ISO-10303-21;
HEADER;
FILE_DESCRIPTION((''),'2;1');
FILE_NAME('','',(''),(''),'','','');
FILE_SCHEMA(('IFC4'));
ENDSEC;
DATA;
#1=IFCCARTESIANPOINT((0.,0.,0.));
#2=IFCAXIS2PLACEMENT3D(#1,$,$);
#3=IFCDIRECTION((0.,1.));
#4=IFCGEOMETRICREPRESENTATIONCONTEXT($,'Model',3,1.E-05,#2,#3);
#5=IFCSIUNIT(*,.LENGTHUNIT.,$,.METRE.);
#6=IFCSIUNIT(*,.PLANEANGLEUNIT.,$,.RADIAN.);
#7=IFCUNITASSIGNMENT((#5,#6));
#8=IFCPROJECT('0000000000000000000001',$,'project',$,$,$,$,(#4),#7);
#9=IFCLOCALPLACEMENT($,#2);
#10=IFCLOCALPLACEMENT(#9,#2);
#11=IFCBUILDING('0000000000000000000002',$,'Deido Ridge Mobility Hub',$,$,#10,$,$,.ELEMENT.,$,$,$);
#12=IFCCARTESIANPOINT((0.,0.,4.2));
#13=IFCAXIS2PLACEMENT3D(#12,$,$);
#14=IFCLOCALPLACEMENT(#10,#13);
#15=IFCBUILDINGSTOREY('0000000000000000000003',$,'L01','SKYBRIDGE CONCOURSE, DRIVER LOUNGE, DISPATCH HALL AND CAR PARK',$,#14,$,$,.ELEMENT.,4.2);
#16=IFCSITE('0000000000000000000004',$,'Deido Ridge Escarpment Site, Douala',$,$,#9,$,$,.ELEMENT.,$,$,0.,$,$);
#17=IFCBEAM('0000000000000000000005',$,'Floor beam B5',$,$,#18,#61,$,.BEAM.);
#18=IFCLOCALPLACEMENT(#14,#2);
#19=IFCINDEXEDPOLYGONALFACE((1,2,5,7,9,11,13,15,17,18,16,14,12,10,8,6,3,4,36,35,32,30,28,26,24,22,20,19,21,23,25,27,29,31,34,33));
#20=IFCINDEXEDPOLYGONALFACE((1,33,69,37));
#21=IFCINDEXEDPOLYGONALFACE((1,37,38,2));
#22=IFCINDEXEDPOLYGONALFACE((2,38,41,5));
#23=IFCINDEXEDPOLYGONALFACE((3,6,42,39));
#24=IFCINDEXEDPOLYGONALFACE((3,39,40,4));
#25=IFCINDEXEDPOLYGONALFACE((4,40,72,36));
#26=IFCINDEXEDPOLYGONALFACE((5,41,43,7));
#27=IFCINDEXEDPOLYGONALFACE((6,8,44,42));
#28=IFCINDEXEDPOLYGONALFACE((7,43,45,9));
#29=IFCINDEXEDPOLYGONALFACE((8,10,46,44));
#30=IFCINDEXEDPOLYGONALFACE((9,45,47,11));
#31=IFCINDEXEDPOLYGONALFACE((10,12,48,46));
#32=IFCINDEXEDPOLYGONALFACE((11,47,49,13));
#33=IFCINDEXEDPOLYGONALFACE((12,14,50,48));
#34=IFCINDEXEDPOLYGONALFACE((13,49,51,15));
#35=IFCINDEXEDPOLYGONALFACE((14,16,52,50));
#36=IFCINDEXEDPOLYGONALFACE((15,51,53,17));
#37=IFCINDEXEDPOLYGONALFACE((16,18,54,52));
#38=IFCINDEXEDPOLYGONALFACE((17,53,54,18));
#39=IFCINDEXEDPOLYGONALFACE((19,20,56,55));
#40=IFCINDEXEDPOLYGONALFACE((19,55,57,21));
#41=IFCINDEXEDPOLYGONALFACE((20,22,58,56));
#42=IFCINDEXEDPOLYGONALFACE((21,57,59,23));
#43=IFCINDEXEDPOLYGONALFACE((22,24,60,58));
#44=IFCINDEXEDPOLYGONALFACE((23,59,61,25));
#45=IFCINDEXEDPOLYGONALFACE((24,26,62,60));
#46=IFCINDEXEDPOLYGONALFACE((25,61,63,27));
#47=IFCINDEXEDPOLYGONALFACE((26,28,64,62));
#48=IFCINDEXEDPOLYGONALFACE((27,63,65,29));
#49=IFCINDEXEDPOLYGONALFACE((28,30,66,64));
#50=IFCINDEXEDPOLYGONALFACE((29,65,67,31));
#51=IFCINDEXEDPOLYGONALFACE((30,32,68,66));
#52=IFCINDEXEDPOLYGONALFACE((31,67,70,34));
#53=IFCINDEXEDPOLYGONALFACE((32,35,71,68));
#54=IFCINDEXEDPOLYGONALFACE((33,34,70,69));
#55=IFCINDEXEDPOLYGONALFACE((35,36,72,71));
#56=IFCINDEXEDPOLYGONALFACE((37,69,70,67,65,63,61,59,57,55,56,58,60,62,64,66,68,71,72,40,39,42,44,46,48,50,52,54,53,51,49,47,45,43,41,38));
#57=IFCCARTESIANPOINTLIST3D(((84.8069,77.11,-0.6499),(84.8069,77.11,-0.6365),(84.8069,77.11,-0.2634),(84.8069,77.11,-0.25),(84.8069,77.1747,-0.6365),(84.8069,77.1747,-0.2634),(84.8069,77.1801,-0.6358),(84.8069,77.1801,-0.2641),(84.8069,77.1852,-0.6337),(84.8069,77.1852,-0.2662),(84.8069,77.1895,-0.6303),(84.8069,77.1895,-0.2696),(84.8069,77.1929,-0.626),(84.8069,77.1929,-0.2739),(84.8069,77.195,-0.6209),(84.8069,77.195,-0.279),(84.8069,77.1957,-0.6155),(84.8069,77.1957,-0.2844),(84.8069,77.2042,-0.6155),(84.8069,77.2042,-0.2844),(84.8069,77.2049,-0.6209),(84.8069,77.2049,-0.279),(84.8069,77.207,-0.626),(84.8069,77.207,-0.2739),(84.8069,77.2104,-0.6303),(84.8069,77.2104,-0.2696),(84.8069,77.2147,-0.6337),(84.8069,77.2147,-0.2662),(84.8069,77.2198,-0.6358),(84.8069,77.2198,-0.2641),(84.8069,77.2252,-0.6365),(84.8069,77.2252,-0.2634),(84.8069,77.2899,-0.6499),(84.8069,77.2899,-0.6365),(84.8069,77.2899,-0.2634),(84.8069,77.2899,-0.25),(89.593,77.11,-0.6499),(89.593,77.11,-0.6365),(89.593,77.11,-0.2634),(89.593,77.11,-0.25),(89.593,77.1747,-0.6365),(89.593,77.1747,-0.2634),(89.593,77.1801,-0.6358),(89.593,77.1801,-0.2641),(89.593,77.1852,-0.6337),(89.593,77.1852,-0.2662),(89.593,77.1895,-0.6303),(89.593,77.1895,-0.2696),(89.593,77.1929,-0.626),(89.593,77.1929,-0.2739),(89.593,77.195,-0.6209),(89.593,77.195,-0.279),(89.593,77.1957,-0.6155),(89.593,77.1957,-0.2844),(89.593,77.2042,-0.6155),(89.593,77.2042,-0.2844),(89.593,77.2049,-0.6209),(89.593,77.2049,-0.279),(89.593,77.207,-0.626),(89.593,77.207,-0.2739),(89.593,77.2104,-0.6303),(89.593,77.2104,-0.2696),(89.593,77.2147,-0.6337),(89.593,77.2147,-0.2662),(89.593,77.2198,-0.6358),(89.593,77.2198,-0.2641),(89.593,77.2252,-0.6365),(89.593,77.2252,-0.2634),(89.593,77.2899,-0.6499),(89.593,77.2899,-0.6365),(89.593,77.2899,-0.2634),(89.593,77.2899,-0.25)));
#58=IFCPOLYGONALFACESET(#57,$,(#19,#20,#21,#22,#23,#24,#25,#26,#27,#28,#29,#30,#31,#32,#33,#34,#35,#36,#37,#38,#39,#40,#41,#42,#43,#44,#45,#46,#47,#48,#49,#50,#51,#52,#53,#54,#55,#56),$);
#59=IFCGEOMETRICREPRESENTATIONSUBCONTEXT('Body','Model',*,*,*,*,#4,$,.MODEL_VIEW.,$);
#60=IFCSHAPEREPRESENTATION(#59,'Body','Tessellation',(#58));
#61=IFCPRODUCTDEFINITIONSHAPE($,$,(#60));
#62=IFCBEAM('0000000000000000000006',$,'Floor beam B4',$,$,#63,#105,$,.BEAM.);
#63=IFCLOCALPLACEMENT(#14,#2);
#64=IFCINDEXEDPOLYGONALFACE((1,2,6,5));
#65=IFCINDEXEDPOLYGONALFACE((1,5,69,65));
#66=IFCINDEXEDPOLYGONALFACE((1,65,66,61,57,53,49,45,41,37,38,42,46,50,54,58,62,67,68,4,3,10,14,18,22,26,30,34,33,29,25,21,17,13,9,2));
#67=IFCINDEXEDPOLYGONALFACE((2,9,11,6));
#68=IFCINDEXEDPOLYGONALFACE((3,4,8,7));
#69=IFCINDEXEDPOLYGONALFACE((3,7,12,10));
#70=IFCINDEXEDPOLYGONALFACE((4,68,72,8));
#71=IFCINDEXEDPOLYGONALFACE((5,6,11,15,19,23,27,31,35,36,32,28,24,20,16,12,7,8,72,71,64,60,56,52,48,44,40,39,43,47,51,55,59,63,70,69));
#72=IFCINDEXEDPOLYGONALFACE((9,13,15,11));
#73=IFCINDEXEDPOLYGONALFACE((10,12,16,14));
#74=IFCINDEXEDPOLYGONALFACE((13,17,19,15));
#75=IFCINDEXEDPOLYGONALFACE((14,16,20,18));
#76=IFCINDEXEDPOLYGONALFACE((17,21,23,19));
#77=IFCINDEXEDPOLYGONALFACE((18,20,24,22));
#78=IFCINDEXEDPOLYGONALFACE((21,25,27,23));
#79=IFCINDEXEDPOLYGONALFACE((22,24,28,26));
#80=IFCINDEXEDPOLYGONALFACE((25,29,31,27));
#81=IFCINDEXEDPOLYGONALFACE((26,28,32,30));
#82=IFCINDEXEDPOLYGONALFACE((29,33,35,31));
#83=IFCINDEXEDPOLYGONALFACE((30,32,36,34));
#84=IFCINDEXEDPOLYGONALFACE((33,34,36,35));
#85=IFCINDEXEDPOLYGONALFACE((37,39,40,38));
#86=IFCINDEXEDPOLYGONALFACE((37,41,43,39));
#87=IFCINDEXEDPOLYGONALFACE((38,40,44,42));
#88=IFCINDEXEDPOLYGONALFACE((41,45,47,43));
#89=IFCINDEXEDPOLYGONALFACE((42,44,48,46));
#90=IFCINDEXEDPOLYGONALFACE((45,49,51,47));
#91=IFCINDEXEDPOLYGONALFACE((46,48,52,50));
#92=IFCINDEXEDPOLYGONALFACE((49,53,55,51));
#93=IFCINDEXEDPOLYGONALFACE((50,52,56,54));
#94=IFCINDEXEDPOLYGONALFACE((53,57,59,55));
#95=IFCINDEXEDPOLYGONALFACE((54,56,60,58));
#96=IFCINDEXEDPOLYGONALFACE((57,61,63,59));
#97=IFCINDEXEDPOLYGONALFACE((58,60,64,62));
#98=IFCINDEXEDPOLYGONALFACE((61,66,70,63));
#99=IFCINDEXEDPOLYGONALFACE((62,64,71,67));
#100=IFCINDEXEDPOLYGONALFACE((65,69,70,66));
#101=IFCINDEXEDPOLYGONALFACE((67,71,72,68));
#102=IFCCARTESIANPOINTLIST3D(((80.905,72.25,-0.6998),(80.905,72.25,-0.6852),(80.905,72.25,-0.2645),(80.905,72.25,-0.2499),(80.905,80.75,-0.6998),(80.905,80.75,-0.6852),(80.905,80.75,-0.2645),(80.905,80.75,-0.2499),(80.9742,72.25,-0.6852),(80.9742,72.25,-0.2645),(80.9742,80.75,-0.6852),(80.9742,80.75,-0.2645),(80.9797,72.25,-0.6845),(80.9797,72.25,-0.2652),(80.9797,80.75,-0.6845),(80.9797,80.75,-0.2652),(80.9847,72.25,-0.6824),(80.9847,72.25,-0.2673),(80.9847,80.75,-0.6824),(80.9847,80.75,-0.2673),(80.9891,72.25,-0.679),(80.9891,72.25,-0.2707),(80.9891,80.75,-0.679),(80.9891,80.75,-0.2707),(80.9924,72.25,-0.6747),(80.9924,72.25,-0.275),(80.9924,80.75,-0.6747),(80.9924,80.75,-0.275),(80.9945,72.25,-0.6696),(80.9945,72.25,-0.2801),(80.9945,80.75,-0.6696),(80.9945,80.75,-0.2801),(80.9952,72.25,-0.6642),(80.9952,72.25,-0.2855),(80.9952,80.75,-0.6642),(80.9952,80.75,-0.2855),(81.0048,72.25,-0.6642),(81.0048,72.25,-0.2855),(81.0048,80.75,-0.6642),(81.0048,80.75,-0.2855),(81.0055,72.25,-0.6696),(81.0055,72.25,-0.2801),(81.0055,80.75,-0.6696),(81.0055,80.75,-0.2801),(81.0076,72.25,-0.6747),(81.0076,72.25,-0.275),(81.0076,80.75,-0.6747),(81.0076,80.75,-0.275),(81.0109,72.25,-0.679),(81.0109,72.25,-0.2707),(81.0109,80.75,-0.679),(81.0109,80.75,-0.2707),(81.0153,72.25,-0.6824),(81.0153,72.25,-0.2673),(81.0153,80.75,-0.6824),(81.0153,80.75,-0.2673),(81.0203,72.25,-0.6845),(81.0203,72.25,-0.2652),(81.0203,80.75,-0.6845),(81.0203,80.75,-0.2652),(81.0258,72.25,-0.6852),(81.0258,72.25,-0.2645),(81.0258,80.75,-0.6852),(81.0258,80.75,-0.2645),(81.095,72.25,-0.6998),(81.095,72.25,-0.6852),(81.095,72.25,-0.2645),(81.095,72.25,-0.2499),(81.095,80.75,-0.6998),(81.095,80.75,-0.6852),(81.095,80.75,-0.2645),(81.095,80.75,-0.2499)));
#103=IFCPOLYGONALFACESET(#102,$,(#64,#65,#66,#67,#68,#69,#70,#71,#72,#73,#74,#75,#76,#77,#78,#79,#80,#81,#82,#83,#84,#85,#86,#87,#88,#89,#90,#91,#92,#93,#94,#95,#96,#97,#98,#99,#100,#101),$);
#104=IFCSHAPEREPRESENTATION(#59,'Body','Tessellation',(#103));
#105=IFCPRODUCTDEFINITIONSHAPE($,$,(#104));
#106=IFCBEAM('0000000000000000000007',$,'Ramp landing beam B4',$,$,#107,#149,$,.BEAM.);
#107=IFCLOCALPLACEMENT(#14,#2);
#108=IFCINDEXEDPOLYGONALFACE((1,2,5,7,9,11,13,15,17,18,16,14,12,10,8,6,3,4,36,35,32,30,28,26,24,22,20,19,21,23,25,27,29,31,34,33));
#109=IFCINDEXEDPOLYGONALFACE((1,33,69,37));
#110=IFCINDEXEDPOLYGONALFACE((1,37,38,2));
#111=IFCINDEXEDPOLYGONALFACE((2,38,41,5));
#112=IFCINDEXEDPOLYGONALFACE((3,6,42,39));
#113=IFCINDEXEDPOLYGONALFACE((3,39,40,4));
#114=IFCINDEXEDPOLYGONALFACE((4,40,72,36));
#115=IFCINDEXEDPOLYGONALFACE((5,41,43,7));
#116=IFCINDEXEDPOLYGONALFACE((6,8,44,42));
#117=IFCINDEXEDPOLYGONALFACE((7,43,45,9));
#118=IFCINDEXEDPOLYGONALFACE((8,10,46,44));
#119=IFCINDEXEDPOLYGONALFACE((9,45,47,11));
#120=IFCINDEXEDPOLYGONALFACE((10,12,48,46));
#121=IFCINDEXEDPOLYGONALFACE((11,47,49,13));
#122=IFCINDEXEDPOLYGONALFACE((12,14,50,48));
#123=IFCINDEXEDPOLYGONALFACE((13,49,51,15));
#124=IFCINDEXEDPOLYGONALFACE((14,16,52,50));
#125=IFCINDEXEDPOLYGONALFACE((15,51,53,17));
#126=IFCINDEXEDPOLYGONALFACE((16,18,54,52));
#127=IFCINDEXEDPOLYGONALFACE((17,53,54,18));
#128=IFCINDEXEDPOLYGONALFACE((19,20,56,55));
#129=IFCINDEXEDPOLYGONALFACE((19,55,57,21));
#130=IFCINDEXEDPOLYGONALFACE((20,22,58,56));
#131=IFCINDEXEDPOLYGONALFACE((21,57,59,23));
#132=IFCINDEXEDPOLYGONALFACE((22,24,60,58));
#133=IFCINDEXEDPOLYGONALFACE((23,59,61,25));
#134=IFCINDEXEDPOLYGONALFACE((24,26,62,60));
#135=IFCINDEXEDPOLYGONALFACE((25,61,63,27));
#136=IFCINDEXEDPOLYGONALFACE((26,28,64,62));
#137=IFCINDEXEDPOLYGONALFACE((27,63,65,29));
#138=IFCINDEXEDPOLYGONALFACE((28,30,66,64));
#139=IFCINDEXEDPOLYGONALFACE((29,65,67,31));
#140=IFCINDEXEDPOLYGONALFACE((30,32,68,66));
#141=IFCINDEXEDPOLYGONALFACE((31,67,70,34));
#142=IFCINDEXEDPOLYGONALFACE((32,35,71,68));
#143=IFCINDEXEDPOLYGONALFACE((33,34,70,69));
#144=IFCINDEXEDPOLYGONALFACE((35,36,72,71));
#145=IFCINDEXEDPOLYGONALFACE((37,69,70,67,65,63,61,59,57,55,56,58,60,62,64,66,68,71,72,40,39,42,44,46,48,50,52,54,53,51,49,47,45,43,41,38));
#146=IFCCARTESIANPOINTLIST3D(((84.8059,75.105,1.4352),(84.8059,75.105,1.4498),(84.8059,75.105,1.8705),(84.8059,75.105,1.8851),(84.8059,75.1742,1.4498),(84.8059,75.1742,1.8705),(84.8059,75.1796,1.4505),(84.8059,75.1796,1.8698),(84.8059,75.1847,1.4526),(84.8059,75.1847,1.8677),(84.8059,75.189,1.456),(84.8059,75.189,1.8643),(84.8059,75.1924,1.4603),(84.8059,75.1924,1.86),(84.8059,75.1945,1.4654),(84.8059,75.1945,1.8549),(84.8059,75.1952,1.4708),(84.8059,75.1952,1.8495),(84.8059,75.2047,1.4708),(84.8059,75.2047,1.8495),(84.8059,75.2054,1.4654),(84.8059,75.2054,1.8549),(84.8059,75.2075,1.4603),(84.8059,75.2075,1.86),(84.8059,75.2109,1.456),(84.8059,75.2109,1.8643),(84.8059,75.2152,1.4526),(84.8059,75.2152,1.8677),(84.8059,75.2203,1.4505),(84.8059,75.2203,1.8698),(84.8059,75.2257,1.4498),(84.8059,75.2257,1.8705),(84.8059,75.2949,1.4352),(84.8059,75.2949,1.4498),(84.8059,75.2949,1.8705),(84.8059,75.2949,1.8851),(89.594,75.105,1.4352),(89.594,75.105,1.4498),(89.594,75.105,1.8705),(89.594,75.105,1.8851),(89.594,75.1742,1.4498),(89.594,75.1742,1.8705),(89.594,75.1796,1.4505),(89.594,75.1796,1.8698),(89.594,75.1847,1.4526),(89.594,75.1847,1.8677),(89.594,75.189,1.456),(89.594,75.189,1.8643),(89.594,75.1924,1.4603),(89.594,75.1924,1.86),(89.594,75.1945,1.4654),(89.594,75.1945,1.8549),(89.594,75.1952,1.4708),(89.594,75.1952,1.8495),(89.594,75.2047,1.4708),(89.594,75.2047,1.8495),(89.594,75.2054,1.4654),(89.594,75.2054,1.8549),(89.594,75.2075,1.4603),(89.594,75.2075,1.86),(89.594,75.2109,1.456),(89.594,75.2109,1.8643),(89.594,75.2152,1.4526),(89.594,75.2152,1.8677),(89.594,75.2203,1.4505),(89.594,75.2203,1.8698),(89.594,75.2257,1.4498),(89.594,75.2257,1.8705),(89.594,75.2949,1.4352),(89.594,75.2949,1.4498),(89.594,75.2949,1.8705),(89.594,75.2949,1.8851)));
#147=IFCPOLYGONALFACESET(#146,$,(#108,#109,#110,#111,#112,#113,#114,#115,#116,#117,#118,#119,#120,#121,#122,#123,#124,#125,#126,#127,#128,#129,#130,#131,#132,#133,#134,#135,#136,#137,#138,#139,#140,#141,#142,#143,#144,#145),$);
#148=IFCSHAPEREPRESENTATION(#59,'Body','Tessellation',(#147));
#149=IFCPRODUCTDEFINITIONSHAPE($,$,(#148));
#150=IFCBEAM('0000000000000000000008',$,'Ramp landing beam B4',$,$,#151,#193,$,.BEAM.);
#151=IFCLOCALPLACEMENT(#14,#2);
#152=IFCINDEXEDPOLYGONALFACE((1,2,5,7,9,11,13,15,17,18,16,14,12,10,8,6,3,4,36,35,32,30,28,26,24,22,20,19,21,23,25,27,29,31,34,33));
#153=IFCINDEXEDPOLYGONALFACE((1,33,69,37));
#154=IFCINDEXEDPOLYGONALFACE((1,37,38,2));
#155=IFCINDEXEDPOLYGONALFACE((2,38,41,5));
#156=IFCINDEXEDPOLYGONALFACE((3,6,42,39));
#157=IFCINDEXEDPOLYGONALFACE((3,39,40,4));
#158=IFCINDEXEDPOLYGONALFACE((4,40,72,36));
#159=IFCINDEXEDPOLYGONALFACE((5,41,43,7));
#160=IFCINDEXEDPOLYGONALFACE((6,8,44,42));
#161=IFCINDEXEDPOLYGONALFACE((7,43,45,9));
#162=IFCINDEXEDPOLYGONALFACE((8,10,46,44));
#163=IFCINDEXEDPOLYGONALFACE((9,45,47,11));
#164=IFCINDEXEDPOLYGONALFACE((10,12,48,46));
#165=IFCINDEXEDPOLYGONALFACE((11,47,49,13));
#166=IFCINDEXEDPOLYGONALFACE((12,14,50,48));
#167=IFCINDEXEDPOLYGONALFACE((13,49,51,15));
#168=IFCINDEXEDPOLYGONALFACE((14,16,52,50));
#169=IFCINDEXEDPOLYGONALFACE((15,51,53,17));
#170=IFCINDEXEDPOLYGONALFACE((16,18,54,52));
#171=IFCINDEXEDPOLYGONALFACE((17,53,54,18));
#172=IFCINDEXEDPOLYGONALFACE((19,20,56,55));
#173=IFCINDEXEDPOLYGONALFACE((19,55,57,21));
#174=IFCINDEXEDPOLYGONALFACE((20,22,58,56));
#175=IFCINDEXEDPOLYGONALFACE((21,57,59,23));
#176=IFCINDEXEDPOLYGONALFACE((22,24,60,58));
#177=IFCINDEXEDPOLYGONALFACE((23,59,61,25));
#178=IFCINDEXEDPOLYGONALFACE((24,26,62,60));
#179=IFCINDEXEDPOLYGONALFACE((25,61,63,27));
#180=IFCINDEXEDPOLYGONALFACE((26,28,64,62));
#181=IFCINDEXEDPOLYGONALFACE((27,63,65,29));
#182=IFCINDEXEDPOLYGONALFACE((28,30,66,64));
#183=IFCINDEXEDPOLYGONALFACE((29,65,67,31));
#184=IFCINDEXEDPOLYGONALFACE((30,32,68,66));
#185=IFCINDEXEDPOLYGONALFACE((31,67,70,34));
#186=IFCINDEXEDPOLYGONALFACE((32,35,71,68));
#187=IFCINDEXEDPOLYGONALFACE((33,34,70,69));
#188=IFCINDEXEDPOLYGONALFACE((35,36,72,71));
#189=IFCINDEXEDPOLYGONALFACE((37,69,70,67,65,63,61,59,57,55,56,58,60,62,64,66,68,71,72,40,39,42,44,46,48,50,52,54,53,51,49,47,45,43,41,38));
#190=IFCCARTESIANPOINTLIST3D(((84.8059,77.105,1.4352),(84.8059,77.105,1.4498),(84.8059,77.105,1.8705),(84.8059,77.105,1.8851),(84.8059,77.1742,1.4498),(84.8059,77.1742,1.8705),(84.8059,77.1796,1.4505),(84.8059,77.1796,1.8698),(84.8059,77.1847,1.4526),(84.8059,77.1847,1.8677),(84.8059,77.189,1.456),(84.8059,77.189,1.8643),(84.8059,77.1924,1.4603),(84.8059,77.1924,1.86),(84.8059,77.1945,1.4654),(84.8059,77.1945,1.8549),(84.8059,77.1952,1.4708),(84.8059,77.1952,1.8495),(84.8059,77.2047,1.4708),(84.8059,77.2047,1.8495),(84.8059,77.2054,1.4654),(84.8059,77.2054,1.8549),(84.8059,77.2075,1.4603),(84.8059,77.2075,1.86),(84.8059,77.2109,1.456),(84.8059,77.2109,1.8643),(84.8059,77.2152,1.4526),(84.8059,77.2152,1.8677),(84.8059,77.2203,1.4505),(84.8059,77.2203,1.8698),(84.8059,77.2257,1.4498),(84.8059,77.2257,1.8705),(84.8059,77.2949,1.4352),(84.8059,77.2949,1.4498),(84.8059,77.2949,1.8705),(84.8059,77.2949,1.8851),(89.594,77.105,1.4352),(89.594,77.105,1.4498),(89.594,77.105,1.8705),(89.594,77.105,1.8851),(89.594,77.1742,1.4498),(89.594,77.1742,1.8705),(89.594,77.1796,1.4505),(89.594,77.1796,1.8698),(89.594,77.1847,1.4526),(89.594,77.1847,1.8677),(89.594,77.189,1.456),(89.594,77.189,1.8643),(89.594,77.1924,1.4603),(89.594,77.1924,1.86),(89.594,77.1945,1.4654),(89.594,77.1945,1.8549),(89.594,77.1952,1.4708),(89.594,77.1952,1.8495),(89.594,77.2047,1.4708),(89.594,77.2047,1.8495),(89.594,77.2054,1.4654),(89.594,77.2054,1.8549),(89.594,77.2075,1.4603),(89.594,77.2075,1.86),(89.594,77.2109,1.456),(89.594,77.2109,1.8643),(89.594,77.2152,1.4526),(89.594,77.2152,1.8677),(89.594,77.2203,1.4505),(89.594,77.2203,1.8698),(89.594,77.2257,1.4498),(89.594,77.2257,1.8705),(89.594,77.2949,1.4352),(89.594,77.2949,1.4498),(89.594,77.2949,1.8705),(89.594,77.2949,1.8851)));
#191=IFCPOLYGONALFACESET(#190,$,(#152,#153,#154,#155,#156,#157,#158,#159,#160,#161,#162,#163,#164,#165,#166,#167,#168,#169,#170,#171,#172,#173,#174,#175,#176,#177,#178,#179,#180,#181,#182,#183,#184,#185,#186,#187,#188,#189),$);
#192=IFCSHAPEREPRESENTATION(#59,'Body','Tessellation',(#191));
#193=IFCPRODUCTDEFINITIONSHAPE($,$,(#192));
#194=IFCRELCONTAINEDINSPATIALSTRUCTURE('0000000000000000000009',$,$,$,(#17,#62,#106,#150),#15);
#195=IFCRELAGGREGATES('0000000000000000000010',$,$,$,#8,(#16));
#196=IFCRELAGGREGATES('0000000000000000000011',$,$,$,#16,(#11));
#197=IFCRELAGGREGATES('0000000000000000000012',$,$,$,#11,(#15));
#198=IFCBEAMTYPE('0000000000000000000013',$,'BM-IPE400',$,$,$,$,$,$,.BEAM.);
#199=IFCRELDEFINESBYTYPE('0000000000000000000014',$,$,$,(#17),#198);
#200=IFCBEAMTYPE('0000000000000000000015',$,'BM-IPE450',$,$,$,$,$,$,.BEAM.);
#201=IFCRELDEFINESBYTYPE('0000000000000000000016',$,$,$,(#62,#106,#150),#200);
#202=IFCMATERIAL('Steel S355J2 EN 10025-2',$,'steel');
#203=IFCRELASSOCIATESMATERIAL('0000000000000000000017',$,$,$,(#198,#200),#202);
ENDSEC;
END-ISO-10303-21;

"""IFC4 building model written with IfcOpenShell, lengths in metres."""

from ifc_helpers import new_model, si_unit, direction, frame, origin, origin_2d, place, context, subcontext, project, spatial, i_section, extrude, material, material_profile, profile_set, type_object, element, save


model = new_model("IFC4")

# Units and contexts
model_context = context("Model", 3, precision=1e-05, world=origin(), true_north=direction((0.0, 1.0)))
body_context = subcontext(model_context, "Body", "Model", "MODEL_VIEW")
ifc_project = project(units=[si_unit("LENGTHUNIT", "METRE"), si_unit("PLANEANGLEUNIT", "RADIAN")], contexts=[model_context])

# Site, building, storey
site_placement = place(None, origin())
site = spatial("IfcSite", under=ifc_project, at=site_placement, Name="Deido Ridge Escarpment Site, Douala", CompositionType="ELEMENT", RefElevation=0.0)
building_placement = place(site_placement, origin())
building = spatial("IfcBuilding", under=site, at=building_placement, Name="Deido Ridge Mobility Hub", CompositionType="ELEMENT")
storey_placement = place(building_placement, frame((0.0, 0.0, 4.2)))
storey = spatial("IfcBuildingStorey", under=building, at=storey_placement, Name="L01", Description="SKYBRIDGE CONCOURSE, DRIVER LOUNGE, DISPATCH HALL AND CAR PARK", CompositionType="ELEMENT", Elevation=4.2)

# Shared definitions
ifc_material_1 = material(Name="Steel S355J2 EN 10025-2", Category="steel")

# Beams
ifc_material_profile_1 = material_profile(ifc_material_1, i_section(OverallWidth=0.1799, OverallDepth=0.3999, WebThickness=0.0085, FlangeThickness=0.0134, FilletRadius=0.021, at=origin_2d()), Name="IPE 400")
ifc_profile_set_1 = profile_set([ifc_material_profile_1], Name="Steel S355J2 EN 10025-2")
beam_type_1 = type_object("IfcBeamType", Name="BM-IPE400", PredefinedType="BEAM", material=ifc_profile_set_1)
beam_1_placement = place(storey_placement, frame((84.8069, 77.2, -0.45), z_axis=(1.0, 0.0, 0.0), x_axis=(0.0, 1.0, 0.0)))
element("IfcBeam", 1, at=beam_1_placement, inside=storey, type_object=beam_type_1, Name="Floor beam B5", PredefinedType="BEAM", context=body_context, shape_type="SweptSolid", body=[
    extrude(i_section(OverallWidth=0.1799, OverallDepth=0.3999, WebThickness=0.0085, FlangeThickness=0.0134, FilletRadius=0.021, at=origin_2d()), origin(), (0.0, 0.0, 1.0), 4.7861),
])
ifc_material_profile_2 = material_profile(ifc_material_1, i_section(OverallWidth=0.1899, OverallDepth=0.45, WebThickness=0.0095, FlangeThickness=0.0146, FilletRadius=0.021, at=origin_2d()), Name="IPE 450")
ifc_profile_set_2 = profile_set([ifc_material_profile_2], Name="Steel S355J2 EN 10025-2")
beam_type_2 = type_object("IfcBeamType", Name="BM-IPE450", PredefinedType="BEAM", material=ifc_profile_set_2)
beam_2_placement = place(storey_placement, frame((81.0, 72.25, -0.4749), z_axis=(0.0, 1.0, 0.0), x_axis=(-1.0, 0.0, 0.0)))
element("IfcBeam", 2, at=beam_2_placement, inside=storey, type_object=beam_type_2, Name="Floor beam B4", PredefinedType="BEAM", context=body_context, shape_type="SweptSolid", body=[
    extrude(i_section(OverallWidth=0.1899, OverallDepth=0.45, WebThickness=0.0095, FlangeThickness=0.0146, FilletRadius=0.021, at=origin_2d()), origin(), (0.0, 0.0, 1.0), 8.5),
])
for number, where, z_axis, x_axis, name in (
    (3, (84.8059, 75.2, 1.6602), (1.0, 0.0, 0.0), (0.0, 1.0, 0.0), "Ramp landing beam B4"),
    (4, (84.8059, 77.2, 1.6602), (1.0, 0.0, 0.0), (0.0, 1.0, 0.0), "Ramp landing beam B4"),
):
    element("IfcBeam", number, at=place(storey_placement, frame(where, z_axis=z_axis, x_axis=x_axis)), inside=storey, type_object=beam_type_2, Name=name, PredefinedType="BEAM", context=body_context, shape_type="SweptSolid", body=[
        extrude(i_section(OverallWidth=0.1899, OverallDepth=0.45, WebThickness=0.0095, FlangeThickness=0.0146, FilletRadius=0.021, at=origin_2d()), origin(), (0.0, 0.0, 1.0), 4.7881),
    ])

save(model, "model.ifc")
